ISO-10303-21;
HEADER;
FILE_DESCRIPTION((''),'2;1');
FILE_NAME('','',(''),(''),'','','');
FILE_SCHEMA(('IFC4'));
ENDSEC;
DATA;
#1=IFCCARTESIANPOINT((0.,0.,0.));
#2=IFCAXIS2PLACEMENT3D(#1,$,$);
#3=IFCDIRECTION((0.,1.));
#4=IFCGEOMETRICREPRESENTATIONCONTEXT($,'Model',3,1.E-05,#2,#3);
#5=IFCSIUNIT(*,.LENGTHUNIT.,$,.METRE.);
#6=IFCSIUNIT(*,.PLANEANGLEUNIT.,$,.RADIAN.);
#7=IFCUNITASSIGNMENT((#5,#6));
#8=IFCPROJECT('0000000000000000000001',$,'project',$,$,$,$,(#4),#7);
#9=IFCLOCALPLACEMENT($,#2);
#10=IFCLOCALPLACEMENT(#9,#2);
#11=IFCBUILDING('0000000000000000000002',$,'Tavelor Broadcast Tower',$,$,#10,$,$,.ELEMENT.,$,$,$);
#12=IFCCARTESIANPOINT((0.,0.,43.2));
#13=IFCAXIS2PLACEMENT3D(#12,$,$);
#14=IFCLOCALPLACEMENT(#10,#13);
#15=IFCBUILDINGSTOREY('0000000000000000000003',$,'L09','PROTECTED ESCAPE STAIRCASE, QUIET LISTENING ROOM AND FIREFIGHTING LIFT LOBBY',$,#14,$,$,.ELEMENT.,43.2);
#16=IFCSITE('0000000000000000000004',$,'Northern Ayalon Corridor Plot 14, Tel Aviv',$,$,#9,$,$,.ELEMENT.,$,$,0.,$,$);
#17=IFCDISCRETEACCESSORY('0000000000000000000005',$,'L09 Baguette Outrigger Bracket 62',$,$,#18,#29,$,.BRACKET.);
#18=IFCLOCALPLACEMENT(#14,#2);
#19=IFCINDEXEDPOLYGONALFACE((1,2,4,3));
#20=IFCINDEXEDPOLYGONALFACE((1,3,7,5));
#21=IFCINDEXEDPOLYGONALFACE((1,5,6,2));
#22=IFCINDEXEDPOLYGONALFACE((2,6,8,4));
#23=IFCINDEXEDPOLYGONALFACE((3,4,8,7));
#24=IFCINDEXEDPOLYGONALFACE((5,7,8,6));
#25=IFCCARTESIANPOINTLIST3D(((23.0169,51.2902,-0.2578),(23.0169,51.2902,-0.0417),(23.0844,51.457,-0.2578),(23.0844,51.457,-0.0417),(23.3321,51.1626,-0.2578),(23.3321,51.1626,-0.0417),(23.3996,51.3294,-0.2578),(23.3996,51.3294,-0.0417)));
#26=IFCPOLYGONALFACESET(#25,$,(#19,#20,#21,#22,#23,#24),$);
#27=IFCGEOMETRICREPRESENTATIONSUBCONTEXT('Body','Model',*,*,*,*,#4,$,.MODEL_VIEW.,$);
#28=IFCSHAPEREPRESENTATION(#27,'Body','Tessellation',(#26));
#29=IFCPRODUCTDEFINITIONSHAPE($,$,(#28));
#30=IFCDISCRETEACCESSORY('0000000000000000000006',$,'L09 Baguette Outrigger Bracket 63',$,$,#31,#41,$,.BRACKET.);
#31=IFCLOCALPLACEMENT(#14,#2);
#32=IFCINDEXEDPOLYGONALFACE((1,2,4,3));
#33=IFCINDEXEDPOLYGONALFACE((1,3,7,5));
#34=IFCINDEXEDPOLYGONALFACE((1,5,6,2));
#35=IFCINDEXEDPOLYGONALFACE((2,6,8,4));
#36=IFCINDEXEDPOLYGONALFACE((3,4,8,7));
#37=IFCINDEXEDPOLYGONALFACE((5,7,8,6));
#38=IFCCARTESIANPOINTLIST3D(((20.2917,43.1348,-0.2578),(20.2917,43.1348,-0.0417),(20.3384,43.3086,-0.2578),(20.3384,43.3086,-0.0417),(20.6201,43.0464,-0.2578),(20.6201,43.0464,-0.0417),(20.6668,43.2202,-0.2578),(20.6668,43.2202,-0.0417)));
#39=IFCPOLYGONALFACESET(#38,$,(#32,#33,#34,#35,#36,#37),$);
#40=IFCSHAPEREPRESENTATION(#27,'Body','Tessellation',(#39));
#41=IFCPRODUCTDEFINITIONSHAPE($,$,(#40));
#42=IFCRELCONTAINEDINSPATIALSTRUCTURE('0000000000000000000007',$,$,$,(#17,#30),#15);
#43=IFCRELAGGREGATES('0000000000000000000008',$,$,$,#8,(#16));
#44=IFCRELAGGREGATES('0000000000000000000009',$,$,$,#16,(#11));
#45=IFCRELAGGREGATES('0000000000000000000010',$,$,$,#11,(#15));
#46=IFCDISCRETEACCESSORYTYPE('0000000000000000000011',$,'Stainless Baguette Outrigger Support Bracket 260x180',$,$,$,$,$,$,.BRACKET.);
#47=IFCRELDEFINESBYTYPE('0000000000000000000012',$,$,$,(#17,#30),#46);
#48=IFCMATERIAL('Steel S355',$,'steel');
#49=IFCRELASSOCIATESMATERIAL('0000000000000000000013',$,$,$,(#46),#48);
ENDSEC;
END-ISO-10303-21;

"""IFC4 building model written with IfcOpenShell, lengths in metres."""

from ifc_helpers import new_model, si_unit, direction, frame, origin, origin_2d, place, context, subcontext, project, spatial, rectangle, extrude, source, transform, mapped, material, type_object, type_shapes, element, save


model = new_model("IFC4")

# Units and contexts
model_context = context("Model", 3, precision=1e-05, world=origin(), true_north=direction((0.0, 1.0)))
body_context = subcontext(model_context, "Body", "Model", "MODEL_VIEW")
ifc_project = project(units=[si_unit("LENGTHUNIT", "METRE"), si_unit("PLANEANGLEUNIT", "RADIAN")], contexts=[model_context])

# Site, building, storey
site_placement = place(None, origin())
site = spatial("IfcSite", under=ifc_project, at=site_placement, Name="Northern Ayalon Corridor Plot 14, Tel Aviv", CompositionType="ELEMENT", RefElevation=0.0)
building_placement = place(site_placement, origin())
building = spatial("IfcBuilding", under=site, at=building_placement, Name="Tavelor Broadcast Tower", CompositionType="ELEMENT")
storey_placement = place(building_placement, frame((0.0, 0.0, 43.2)))
storey = spatial("IfcBuildingStorey", under=building, at=storey_placement, Name="L09", Description="PROTECTED ESCAPE STAIRCASE, QUIET LISTENING ROOM AND FIREFIGHTING LIFT LOBBY", CompositionType="ELEMENT", Elevation=43.2)

# Shared definitions
ifc_material_1 = material(Name="Steel S355", Category="steel")

# Discrete accessories
discrete_accessory_type = type_object("IfcDiscreteAccessoryType", Name="Stainless Baguette Outrigger Support Bracket 260x180", PredefinedType="BRACKET", material=ifc_material_1)
shared_shape_1 = source(origin(), body_context, "Body", "SweptSolid", [
    extrude(rectangle(XDim=0.1799, YDim=0.3401, at=origin_2d()), origin(), (0.0, 0.0, 1.0), 0.2161),
])
type_shapes(discrete_accessory_type, [shared_shape_1])
for number, where, z_axis, x_axis, name in (
    (1, (23.2083, 51.3098, -0.2578), (0.0, 0.0, 1.0), (-0.375092, -0.926988, 0.0), "L09 Baguette Outrigger Bracket 62"),
    (2, (20.4792, 43.1775, -0.2578), (0.0, 0.0, 1.0), (-0.259999, -0.965609, 0.0), "L09 Baguette Outrigger Bracket 63"),
):
    element("IfcDiscreteAccessory", number, at=place(storey_placement, frame(where, z_axis=z_axis, x_axis=x_axis)), inside=storey, type_object=discrete_accessory_type, Name=name, PredefinedType="BRACKET", context=body_context, shape_type="MappedRepresentation", body=[
        mapped(shared_shape_1, transform((0.0, 0.0, 0.0), scale=1.0)),
    ])

save(model, "model.ifc")
